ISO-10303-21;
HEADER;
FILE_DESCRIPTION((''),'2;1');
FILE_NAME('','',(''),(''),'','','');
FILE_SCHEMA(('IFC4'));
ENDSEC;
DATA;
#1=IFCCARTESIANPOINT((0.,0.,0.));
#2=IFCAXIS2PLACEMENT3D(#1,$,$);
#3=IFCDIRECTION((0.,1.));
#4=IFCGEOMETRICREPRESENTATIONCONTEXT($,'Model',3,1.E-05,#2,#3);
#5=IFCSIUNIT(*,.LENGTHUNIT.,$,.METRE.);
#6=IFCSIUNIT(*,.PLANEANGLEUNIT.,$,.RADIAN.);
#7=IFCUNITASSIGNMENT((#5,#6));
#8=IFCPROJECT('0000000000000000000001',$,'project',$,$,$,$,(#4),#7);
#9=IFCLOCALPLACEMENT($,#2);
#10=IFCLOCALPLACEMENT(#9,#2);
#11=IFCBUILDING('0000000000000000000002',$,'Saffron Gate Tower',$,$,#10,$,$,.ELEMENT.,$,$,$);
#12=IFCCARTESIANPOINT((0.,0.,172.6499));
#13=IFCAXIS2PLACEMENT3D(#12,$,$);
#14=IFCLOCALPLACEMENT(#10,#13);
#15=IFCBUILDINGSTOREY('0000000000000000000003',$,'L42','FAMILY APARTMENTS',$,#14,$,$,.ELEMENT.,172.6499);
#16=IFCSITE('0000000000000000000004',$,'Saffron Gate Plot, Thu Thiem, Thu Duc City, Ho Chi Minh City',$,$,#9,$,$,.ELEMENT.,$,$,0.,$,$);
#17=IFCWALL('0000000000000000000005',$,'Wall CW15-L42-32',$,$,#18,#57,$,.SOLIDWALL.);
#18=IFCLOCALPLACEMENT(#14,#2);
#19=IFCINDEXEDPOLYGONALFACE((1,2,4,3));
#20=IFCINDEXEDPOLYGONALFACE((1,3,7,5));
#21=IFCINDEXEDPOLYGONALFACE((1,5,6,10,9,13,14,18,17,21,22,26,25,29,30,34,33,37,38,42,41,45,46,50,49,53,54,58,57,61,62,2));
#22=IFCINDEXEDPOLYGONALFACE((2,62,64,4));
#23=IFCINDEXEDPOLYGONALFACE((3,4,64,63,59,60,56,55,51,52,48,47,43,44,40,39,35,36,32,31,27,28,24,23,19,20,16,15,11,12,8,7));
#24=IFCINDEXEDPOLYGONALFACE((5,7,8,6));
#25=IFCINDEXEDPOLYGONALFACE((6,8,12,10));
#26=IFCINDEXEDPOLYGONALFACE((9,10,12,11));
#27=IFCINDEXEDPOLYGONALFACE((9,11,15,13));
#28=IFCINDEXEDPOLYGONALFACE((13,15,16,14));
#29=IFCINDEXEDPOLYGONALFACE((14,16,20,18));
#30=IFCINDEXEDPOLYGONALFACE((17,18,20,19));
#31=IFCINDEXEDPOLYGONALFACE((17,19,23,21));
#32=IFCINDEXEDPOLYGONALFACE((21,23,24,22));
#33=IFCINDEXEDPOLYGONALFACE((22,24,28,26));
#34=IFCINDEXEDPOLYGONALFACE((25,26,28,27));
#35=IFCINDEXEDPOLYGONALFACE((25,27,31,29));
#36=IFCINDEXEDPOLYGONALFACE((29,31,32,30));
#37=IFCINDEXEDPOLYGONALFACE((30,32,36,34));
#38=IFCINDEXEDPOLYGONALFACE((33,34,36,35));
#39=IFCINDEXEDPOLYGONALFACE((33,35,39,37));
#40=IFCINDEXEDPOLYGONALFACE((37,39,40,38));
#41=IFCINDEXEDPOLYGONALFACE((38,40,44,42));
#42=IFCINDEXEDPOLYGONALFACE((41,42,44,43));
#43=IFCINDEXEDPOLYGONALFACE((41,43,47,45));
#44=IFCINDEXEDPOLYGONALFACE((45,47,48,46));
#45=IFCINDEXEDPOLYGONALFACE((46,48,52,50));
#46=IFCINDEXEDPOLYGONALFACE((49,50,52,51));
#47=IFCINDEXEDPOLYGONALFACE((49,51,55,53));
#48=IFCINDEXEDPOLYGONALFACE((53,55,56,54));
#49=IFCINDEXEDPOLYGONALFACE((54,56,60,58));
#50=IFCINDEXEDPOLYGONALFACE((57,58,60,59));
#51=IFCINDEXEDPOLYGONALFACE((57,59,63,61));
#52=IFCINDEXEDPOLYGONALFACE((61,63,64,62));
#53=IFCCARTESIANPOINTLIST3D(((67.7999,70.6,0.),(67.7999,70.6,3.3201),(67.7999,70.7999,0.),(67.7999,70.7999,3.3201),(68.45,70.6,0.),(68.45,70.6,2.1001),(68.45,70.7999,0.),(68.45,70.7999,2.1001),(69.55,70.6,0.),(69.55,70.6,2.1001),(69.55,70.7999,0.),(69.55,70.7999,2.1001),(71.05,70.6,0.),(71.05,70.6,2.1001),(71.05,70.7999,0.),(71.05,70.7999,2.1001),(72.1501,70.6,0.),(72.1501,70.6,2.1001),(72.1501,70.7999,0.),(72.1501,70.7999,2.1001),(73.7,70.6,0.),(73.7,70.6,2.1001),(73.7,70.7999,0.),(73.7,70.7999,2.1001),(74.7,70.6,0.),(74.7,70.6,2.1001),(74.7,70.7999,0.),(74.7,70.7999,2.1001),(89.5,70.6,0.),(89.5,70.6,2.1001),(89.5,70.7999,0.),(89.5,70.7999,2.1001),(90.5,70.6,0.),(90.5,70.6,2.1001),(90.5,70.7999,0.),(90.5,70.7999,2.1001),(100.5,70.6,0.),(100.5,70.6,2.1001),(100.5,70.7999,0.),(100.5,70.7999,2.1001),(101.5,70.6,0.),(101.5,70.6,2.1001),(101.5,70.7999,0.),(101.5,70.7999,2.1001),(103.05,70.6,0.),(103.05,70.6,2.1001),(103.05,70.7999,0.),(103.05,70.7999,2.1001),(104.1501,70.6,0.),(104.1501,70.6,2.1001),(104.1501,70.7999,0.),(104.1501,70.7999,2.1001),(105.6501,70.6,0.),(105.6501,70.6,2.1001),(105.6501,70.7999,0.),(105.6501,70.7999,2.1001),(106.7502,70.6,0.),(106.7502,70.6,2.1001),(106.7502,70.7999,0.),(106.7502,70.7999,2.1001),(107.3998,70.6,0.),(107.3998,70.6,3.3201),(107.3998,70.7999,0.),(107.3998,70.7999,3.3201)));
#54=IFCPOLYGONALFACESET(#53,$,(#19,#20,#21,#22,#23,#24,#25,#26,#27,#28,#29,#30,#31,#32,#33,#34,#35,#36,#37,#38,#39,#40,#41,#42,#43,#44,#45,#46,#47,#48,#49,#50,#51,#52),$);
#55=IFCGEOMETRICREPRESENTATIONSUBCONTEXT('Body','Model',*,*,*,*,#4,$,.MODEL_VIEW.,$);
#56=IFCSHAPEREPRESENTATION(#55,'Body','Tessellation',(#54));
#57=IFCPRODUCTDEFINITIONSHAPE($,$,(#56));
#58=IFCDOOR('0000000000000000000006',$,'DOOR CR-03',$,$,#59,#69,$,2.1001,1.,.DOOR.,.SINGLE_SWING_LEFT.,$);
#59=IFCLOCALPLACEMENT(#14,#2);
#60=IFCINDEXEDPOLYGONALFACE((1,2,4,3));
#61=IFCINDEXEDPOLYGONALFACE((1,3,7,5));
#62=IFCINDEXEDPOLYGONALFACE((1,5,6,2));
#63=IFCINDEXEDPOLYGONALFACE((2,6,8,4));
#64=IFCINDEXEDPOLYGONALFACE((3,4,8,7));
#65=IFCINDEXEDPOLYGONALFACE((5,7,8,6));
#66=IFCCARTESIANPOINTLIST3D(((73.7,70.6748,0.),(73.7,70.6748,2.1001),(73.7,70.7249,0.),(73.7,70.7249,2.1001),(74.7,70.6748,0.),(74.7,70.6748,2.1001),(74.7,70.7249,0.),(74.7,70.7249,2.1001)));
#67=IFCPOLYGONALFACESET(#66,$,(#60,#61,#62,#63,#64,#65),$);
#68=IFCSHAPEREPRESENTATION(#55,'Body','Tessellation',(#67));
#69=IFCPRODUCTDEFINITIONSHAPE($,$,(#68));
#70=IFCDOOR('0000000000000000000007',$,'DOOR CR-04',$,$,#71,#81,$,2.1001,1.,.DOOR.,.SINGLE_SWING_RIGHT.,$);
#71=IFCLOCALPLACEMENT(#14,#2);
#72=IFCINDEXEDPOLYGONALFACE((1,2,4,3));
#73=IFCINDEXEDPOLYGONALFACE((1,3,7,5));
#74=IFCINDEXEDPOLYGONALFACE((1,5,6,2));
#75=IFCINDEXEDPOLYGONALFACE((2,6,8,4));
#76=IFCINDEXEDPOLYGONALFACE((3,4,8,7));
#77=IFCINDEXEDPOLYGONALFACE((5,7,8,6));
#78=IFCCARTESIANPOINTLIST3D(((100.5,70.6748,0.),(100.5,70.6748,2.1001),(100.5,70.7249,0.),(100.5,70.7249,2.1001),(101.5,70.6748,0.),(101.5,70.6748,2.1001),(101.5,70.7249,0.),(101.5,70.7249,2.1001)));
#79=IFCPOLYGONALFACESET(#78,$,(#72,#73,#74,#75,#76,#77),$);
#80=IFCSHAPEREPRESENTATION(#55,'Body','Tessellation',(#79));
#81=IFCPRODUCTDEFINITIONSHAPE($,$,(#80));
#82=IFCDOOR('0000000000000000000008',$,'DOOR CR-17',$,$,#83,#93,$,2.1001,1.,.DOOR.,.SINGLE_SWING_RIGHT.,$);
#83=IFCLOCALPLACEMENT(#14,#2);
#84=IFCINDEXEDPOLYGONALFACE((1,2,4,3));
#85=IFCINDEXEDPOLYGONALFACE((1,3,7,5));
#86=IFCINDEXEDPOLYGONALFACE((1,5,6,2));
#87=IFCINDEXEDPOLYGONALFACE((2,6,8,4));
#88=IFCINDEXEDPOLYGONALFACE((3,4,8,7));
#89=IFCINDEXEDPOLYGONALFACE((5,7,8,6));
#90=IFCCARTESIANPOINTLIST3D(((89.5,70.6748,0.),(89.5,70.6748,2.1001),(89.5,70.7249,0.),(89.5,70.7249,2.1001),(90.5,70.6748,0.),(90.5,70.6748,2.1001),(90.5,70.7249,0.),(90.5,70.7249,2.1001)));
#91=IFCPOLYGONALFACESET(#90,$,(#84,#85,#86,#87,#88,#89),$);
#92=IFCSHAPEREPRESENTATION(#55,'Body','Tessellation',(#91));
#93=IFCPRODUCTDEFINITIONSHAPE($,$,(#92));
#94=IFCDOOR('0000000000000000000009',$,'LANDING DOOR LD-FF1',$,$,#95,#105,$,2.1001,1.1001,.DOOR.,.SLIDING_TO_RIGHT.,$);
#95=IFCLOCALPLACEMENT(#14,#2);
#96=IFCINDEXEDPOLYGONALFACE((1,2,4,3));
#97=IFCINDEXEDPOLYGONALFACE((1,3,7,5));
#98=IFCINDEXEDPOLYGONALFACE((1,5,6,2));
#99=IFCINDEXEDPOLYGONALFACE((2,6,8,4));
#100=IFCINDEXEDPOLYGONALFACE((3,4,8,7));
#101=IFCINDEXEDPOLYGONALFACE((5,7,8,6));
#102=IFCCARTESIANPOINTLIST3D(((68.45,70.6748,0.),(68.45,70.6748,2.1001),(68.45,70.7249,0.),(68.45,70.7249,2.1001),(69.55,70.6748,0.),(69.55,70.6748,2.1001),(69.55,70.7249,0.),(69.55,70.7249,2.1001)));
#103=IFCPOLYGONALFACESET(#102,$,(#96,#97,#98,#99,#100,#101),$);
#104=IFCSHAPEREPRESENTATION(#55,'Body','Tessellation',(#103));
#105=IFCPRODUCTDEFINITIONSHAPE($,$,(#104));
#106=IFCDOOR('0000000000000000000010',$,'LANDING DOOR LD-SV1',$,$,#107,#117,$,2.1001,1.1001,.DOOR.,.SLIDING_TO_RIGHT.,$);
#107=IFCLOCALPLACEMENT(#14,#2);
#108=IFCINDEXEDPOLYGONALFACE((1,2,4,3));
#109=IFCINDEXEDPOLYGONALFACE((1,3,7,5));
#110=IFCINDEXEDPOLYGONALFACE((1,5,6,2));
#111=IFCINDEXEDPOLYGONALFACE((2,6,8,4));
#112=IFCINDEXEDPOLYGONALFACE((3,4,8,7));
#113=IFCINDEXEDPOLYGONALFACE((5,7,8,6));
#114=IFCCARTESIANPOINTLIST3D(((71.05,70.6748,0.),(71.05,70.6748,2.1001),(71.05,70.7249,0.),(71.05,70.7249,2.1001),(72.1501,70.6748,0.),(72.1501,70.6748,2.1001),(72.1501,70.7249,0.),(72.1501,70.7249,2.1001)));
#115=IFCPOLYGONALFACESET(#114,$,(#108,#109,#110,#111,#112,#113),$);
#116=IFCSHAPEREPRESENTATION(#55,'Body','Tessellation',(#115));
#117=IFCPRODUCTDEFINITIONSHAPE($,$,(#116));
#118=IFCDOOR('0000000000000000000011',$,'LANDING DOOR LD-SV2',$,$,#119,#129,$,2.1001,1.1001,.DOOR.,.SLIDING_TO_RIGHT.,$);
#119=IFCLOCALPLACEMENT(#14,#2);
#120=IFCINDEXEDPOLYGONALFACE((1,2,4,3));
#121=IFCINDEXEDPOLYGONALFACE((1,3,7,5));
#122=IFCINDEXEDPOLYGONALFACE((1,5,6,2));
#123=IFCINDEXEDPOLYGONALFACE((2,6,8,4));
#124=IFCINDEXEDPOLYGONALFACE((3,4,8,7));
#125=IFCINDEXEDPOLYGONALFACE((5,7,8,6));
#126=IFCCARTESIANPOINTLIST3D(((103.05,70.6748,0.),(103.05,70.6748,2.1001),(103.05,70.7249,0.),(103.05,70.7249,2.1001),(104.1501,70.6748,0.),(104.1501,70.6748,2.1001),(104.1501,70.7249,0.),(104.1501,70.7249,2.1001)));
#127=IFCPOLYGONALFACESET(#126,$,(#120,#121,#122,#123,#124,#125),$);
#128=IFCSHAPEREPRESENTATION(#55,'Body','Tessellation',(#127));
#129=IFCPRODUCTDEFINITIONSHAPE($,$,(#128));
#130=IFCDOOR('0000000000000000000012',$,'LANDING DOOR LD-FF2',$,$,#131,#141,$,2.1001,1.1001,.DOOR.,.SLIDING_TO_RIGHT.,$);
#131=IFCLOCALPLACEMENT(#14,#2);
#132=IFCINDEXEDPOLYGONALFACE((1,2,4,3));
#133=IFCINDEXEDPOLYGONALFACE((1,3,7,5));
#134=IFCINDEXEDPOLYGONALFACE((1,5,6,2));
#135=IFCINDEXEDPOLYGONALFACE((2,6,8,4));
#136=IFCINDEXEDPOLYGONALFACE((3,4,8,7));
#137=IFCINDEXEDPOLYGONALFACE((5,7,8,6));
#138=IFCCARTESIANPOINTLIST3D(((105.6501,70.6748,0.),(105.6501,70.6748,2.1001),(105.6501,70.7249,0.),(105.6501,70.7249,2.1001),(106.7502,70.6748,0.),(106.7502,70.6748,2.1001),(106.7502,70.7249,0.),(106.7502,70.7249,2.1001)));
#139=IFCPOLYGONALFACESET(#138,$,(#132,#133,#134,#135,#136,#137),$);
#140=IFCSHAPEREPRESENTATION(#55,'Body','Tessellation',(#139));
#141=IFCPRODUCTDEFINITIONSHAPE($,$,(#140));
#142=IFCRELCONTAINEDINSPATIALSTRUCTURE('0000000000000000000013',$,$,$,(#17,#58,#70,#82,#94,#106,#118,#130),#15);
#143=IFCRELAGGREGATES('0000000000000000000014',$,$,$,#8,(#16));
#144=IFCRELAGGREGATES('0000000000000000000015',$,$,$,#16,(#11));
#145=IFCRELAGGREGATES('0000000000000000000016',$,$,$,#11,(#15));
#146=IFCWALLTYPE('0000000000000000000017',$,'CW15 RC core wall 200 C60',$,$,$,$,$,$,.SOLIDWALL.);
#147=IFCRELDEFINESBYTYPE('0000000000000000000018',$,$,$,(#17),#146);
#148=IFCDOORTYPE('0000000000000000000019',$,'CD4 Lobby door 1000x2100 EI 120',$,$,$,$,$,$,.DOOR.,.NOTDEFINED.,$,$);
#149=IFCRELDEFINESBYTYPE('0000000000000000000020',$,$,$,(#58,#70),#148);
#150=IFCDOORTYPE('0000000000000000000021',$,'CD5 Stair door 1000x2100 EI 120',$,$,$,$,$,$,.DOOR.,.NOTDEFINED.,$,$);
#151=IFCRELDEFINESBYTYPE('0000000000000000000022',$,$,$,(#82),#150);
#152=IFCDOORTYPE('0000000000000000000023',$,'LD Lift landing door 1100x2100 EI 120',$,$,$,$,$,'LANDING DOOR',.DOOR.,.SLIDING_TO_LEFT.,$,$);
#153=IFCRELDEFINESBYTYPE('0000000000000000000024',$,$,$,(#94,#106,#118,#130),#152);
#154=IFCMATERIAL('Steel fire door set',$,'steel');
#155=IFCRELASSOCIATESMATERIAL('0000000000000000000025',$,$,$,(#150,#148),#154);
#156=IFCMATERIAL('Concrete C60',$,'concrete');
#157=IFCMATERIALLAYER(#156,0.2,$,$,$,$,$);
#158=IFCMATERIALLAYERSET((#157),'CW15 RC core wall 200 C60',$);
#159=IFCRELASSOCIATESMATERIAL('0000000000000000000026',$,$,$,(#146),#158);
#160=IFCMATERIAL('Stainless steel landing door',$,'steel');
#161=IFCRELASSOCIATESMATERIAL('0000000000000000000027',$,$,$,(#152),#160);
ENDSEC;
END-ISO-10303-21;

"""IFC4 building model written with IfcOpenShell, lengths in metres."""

from ifc_helpers import new_model, si_unit, direction, frame, frame_2d, origin, place, context, subcontext, project, spatial, rectangle, extrude, material, layer, layer_set, type_object, element, fill, save


model = new_model("IFC4")

# Units and contexts
model_context = context("Model", 3, precision=1e-05, world=origin(), true_north=direction((0.0, 1.0)))
body_context = subcontext(model_context, "Body", "Model", "MODEL_VIEW")
ifc_project = project(units=[si_unit("LENGTHUNIT", "METRE"), si_unit("PLANEANGLEUNIT", "RADIAN")], contexts=[model_context])

# Site, building, storey
site_placement = place(None, origin())
site = spatial("IfcSite", under=ifc_project, at=site_placement, Name="Saffron Gate Plot, Thu Thiem, Thu Duc City, Ho Chi Minh City", CompositionType="ELEMENT", RefElevation=0.0)
building_placement = place(site_placement, origin())
building = spatial("IfcBuilding", under=site, at=building_placement, Name="Saffron Gate Tower", CompositionType="ELEMENT")
storey_placement = place(building_placement, frame((0.0, 0.0, 172.6499)))
storey = spatial("IfcBuildingStorey", under=building, at=storey_placement, Name="L42", Description="FAMILY APARTMENTS", CompositionType="ELEMENT", Elevation=172.6499)

# Shared definitions
ifc_material_1 = material(Name="Concrete C60", Category="concrete")
ifc_material_2 = material(Name="Steel fire door set", Category="steel")

# Wall, openings, doors
door_type_1 = type_object("IfcDoorType", Name="CD5 Stair door 1000x2100 EI 120", OperationType="NOTDEFINED", PredefinedType="DOOR", material=ifc_material_2)
ifc_layer_1 = layer(ifc_material_1, 0.2)
ifc_layer_set_1 = layer_set([ifc_layer_1], Name="CW15 RC core wall 200 C60")
wall_type_1 = type_object("IfcWallType", Name="CW15 RC core wall 200 C60", PredefinedType="SOLIDWALL", material=ifc_layer_set_1)
wall_1_placement = place(storey_placement, frame((67.8, 70.7, 0.0), z_axis=(0.0, 0.0, 1.0), x_axis=(1.0, 0.0, 0.0)))
wall_1 = element("IfcWall", 1, at=wall_1_placement, inside=storey, type_object=wall_type_1, Name="Wall CW15-L42-32", PredefinedType="SOLIDWALL", context=body_context, shape_type="SweptSolid", body=[
    extrude(rectangle(XDim=39.5999, YDim=0.2, at=frame_2d((19.7998, 0.0))), origin(), (0.0, 0.0, 1.0), 3.3201),
])
opening_1_placement = place(wall_1_placement, frame((0.6499, 0.0, 0.0)))
opening_1 = element("IfcOpeningElement", 2, at=opening_1_placement, cuts=wall_1, PredefinedType="OPENING", context=body_context, shape_type="SweptSolid", body=[
    extrude(rectangle(XDim=1.1001, YDim=2.1001, at=frame_2d((0.55, 1.05))), frame((0.0, 0.1099, 0.0), z_axis=(0.0, -1.0, 0.0), x_axis=(1.0, 0.0, 0.0)), (0.0, 0.0, 1.0), 0.22),
])
opening_2_placement = place(wall_1_placement, frame((3.25, 0.0, 0.0)))
opening_2 = element("IfcOpeningElement", 3, at=opening_2_placement, cuts=wall_1, PredefinedType="OPENING", context=body_context, shape_type="SweptSolid", body=[
    extrude(rectangle(XDim=1.1001, YDim=2.1001, at=frame_2d((0.55, 1.05))), frame((0.0, 0.1099, 0.0), z_axis=(0.0, -1.0, 0.0), x_axis=(1.0, 0.0, 0.0)), (0.0, 0.0, 1.0), 0.22),
])
opening_3_placement = place(wall_1_placement, frame((5.8999, 0.0, 0.0)))
opening_3 = element("IfcOpeningElement", 4, at=opening_3_placement, cuts=wall_1, PredefinedType="OPENING", context=body_context, shape_type="SweptSolid", body=[
    extrude(rectangle(XDim=1.0, YDim=2.1001, at=frame_2d((0.5, 1.05))), frame((0.0, 0.1099, 0.0), z_axis=(0.0, -1.0, 0.0), x_axis=(1.0, 0.0, 0.0)), (0.0, 0.0, 1.0), 0.22),
])
opening_4_placement = place(wall_1_placement, frame((21.7, 0.0, 0.0)))
opening_4 = element("IfcOpeningElement", 5, at=opening_4_placement, cuts=wall_1, PredefinedType="OPENING", context=body_context, shape_type="SweptSolid", body=[
    extrude(rectangle(XDim=1.0, YDim=2.1001, at=frame_2d((0.5, 1.05))), frame((0.0, 0.1099, 0.0), z_axis=(0.0, -1.0, 0.0), x_axis=(1.0, 0.0, 0.0)), (0.0, 0.0, 1.0), 0.22),
])
opening_5_placement = place(wall_1_placement, frame((32.7, 0.0, 0.0)))
opening_5 = element("IfcOpeningElement", 6, at=opening_5_placement, cuts=wall_1, PredefinedType="OPENING", context=body_context, shape_type="SweptSolid", body=[
    extrude(rectangle(XDim=1.0, YDim=2.1001, at=frame_2d((0.5, 1.05))), frame((0.0, 0.1099, 0.0), z_axis=(0.0, -1.0, 0.0), x_axis=(1.0, 0.0, 0.0)), (0.0, 0.0, 1.0), 0.22),
])
opening_6_placement = place(wall_1_placement, frame((35.25, 0.0, 0.0)))
opening_6 = element("IfcOpeningElement", 7, at=opening_6_placement, cuts=wall_1, PredefinedType="OPENING", context=body_context, shape_type="SweptSolid", body=[
    extrude(rectangle(XDim=1.1001, YDim=2.1001, at=frame_2d((0.55, 1.05))), frame((0.0, 0.1099, 0.0), z_axis=(0.0, -1.0, 0.0), x_axis=(1.0, 0.0, 0.0)), (0.0, 0.0, 1.0), 0.22),
])
opening_7_placement = place(wall_1_placement, frame((37.8501, 0.0, 0.0)))
opening_7 = element("IfcOpeningElement", 8, at=opening_7_placement, cuts=wall_1, PredefinedType="OPENING", context=body_context, shape_type="SweptSolid", body=[
    extrude(rectangle(XDim=1.1001, YDim=2.1001, at=frame_2d((0.55, 1.05))), frame((0.0, 0.1099, 0.0), z_axis=(0.0, -1.0, 0.0), x_axis=(1.0, 0.0, 0.0)), (0.0, 0.0, 1.0), 0.22),
])
door_type_2 = type_object("IfcDoorType", Name="CD4 Lobby door 1000x2100 EI 120", OperationType="NOTDEFINED", PredefinedType="DOOR", material=ifc_material_2)
door_1_placement = place(opening_3_placement, origin())
door_1 = element("IfcDoor", 9, at=door_1_placement, inside=storey, type_object=door_type_2, Name="DOOR CR-03", OperationType="SINGLE_SWING_LEFT", OverallHeight=2.1001, OverallWidth=1.0, PredefinedType="DOOR", context=body_context, shape_type="SweptSolid", body=[
    extrude(rectangle(XDim=1.0, YDim=2.1001, at=frame_2d((0.5, 1.05))), frame((0.0, 0.0249, 0.0), z_axis=(0.0, -1.0, 0.0), x_axis=(1.0, 0.0, 0.0)), (0.0, 0.0, 1.0), 0.05),
])
fill(opening_3, door_1)
door_2_placement = place(opening_5_placement, origin())
door_2 = element("IfcDoor", 10, at=door_2_placement, inside=storey, type_object=door_type_2, Name="DOOR CR-04", OperationType="SINGLE_SWING_RIGHT", OverallHeight=2.1001, OverallWidth=1.0, PredefinedType="DOOR", context=body_context, shape_type="SweptSolid", body=[
    extrude(rectangle(XDim=1.0, YDim=2.1001, at=frame_2d((0.5, 1.05))), frame((0.0, 0.0249, 0.0), z_axis=(0.0, -1.0, 0.0), x_axis=(1.0, 0.0, 0.0)), (0.0, 0.0, 1.0), 0.05),
])
fill(opening_5, door_2)
door_3_placement = place(opening_4_placement, origin())
door_3 = element("IfcDoor", 11, at=door_3_placement, inside=storey, type_object=door_type_1, Name="DOOR CR-17", OperationType="SINGLE_SWING_RIGHT", OverallHeight=2.1001, OverallWidth=1.0, PredefinedType="DOOR", context=body_context, shape_type="SweptSolid", body=[
    extrude(rectangle(XDim=1.0, YDim=2.1001, at=frame_2d((0.5, 1.05))), frame((0.0, 0.0249, 0.0), z_axis=(0.0, -1.0, 0.0), x_axis=(1.0, 0.0, 0.0)), (0.0, 0.0, 1.0), 0.05),
])
fill(opening_4, door_3)
ifc_material_3 = material(Name="Stainless steel landing door", Category="steel")
door_type_3 = type_object("IfcDoorType", Name="LD Lift landing door 1100x2100 EI 120", ElementType="LANDING DOOR", OperationType="SLIDING_TO_LEFT", PredefinedType="DOOR", material=ifc_material_3)
door_4_placement = place(opening_1_placement, origin())
door_4 = element("IfcDoor", 12, at=door_4_placement, inside=storey, type_object=door_type_3, Name="LANDING DOOR LD-FF1", OperationType="SLIDING_TO_RIGHT", OverallHeight=2.1001, OverallWidth=1.1001, PredefinedType="DOOR", context=body_context, shape_type="SweptSolid", body=[
    extrude(rectangle(XDim=1.1001, YDim=2.1001, at=frame_2d((0.55, 1.05))), frame((0.0, 0.0249, 0.0), z_axis=(0.0, -1.0, 0.0), x_axis=(1.0, 0.0, 0.0)), (0.0, 0.0, 1.0), 0.05),
])
fill(opening_1, door_4)
door_5_placement = place(opening_2_placement, origin())
door_5 = element("IfcDoor", 13, at=door_5_placement, inside=storey, type_object=door_type_3, Name="LANDING DOOR LD-SV1", OperationType="SLIDING_TO_RIGHT", OverallHeight=2.1001, OverallWidth=1.1001, PredefinedType="DOOR", context=body_context, shape_type="SweptSolid", body=[
    extrude(rectangle(XDim=1.1001, YDim=2.1001, at=frame_2d((0.55, 1.05))), frame((0.0, 0.0249, 0.0), z_axis=(0.0, -1.0, 0.0), x_axis=(1.0, 0.0, 0.0)), (0.0, 0.0, 1.0), 0.05),
])
fill(opening_2, door_5)
door_6_placement = place(opening_6_placement, origin())
door_6 = element("IfcDoor", 14, at=door_6_placement, inside=storey, type_object=door_type_3, Name="LANDING DOOR LD-SV2", OperationType="SLIDING_TO_RIGHT", OverallHeight=2.1001, OverallWidth=1.1001, PredefinedType="DOOR", context=body_context, shape_type="SweptSolid", body=[
    extrude(rectangle(XDim=1.1001, YDim=2.1001, at=frame_2d((0.55, 1.05))), frame((0.0, 0.0249, 0.0), z_axis=(0.0, -1.0, 0.0), x_axis=(1.0, 0.0, 0.0)), (0.0, 0.0, 1.0), 0.05),
])
fill(opening_6, door_6)
door_7_placement = place(opening_7_placement, origin())
door_7 = element("IfcDoor", 15, at=door_7_placement, inside=storey, type_object=door_type_3, Name="LANDING DOOR LD-FF2", OperationType="SLIDING_TO_RIGHT", OverallHeight=2.1001, OverallWidth=1.1001, PredefinedType="DOOR", context=body_context, shape_type="SweptSolid", body=[
    extrude(rectangle(XDim=1.1001, YDim=2.1001, at=frame_2d((0.55, 1.05))), frame((0.0, 0.0249, 0.0), z_axis=(0.0, -1.0, 0.0), x_axis=(1.0, 0.0, 0.0)), (0.0, 0.0, 1.0), 0.05),
])
fill(opening_7, door_7)

save(model, "model.ifc")
